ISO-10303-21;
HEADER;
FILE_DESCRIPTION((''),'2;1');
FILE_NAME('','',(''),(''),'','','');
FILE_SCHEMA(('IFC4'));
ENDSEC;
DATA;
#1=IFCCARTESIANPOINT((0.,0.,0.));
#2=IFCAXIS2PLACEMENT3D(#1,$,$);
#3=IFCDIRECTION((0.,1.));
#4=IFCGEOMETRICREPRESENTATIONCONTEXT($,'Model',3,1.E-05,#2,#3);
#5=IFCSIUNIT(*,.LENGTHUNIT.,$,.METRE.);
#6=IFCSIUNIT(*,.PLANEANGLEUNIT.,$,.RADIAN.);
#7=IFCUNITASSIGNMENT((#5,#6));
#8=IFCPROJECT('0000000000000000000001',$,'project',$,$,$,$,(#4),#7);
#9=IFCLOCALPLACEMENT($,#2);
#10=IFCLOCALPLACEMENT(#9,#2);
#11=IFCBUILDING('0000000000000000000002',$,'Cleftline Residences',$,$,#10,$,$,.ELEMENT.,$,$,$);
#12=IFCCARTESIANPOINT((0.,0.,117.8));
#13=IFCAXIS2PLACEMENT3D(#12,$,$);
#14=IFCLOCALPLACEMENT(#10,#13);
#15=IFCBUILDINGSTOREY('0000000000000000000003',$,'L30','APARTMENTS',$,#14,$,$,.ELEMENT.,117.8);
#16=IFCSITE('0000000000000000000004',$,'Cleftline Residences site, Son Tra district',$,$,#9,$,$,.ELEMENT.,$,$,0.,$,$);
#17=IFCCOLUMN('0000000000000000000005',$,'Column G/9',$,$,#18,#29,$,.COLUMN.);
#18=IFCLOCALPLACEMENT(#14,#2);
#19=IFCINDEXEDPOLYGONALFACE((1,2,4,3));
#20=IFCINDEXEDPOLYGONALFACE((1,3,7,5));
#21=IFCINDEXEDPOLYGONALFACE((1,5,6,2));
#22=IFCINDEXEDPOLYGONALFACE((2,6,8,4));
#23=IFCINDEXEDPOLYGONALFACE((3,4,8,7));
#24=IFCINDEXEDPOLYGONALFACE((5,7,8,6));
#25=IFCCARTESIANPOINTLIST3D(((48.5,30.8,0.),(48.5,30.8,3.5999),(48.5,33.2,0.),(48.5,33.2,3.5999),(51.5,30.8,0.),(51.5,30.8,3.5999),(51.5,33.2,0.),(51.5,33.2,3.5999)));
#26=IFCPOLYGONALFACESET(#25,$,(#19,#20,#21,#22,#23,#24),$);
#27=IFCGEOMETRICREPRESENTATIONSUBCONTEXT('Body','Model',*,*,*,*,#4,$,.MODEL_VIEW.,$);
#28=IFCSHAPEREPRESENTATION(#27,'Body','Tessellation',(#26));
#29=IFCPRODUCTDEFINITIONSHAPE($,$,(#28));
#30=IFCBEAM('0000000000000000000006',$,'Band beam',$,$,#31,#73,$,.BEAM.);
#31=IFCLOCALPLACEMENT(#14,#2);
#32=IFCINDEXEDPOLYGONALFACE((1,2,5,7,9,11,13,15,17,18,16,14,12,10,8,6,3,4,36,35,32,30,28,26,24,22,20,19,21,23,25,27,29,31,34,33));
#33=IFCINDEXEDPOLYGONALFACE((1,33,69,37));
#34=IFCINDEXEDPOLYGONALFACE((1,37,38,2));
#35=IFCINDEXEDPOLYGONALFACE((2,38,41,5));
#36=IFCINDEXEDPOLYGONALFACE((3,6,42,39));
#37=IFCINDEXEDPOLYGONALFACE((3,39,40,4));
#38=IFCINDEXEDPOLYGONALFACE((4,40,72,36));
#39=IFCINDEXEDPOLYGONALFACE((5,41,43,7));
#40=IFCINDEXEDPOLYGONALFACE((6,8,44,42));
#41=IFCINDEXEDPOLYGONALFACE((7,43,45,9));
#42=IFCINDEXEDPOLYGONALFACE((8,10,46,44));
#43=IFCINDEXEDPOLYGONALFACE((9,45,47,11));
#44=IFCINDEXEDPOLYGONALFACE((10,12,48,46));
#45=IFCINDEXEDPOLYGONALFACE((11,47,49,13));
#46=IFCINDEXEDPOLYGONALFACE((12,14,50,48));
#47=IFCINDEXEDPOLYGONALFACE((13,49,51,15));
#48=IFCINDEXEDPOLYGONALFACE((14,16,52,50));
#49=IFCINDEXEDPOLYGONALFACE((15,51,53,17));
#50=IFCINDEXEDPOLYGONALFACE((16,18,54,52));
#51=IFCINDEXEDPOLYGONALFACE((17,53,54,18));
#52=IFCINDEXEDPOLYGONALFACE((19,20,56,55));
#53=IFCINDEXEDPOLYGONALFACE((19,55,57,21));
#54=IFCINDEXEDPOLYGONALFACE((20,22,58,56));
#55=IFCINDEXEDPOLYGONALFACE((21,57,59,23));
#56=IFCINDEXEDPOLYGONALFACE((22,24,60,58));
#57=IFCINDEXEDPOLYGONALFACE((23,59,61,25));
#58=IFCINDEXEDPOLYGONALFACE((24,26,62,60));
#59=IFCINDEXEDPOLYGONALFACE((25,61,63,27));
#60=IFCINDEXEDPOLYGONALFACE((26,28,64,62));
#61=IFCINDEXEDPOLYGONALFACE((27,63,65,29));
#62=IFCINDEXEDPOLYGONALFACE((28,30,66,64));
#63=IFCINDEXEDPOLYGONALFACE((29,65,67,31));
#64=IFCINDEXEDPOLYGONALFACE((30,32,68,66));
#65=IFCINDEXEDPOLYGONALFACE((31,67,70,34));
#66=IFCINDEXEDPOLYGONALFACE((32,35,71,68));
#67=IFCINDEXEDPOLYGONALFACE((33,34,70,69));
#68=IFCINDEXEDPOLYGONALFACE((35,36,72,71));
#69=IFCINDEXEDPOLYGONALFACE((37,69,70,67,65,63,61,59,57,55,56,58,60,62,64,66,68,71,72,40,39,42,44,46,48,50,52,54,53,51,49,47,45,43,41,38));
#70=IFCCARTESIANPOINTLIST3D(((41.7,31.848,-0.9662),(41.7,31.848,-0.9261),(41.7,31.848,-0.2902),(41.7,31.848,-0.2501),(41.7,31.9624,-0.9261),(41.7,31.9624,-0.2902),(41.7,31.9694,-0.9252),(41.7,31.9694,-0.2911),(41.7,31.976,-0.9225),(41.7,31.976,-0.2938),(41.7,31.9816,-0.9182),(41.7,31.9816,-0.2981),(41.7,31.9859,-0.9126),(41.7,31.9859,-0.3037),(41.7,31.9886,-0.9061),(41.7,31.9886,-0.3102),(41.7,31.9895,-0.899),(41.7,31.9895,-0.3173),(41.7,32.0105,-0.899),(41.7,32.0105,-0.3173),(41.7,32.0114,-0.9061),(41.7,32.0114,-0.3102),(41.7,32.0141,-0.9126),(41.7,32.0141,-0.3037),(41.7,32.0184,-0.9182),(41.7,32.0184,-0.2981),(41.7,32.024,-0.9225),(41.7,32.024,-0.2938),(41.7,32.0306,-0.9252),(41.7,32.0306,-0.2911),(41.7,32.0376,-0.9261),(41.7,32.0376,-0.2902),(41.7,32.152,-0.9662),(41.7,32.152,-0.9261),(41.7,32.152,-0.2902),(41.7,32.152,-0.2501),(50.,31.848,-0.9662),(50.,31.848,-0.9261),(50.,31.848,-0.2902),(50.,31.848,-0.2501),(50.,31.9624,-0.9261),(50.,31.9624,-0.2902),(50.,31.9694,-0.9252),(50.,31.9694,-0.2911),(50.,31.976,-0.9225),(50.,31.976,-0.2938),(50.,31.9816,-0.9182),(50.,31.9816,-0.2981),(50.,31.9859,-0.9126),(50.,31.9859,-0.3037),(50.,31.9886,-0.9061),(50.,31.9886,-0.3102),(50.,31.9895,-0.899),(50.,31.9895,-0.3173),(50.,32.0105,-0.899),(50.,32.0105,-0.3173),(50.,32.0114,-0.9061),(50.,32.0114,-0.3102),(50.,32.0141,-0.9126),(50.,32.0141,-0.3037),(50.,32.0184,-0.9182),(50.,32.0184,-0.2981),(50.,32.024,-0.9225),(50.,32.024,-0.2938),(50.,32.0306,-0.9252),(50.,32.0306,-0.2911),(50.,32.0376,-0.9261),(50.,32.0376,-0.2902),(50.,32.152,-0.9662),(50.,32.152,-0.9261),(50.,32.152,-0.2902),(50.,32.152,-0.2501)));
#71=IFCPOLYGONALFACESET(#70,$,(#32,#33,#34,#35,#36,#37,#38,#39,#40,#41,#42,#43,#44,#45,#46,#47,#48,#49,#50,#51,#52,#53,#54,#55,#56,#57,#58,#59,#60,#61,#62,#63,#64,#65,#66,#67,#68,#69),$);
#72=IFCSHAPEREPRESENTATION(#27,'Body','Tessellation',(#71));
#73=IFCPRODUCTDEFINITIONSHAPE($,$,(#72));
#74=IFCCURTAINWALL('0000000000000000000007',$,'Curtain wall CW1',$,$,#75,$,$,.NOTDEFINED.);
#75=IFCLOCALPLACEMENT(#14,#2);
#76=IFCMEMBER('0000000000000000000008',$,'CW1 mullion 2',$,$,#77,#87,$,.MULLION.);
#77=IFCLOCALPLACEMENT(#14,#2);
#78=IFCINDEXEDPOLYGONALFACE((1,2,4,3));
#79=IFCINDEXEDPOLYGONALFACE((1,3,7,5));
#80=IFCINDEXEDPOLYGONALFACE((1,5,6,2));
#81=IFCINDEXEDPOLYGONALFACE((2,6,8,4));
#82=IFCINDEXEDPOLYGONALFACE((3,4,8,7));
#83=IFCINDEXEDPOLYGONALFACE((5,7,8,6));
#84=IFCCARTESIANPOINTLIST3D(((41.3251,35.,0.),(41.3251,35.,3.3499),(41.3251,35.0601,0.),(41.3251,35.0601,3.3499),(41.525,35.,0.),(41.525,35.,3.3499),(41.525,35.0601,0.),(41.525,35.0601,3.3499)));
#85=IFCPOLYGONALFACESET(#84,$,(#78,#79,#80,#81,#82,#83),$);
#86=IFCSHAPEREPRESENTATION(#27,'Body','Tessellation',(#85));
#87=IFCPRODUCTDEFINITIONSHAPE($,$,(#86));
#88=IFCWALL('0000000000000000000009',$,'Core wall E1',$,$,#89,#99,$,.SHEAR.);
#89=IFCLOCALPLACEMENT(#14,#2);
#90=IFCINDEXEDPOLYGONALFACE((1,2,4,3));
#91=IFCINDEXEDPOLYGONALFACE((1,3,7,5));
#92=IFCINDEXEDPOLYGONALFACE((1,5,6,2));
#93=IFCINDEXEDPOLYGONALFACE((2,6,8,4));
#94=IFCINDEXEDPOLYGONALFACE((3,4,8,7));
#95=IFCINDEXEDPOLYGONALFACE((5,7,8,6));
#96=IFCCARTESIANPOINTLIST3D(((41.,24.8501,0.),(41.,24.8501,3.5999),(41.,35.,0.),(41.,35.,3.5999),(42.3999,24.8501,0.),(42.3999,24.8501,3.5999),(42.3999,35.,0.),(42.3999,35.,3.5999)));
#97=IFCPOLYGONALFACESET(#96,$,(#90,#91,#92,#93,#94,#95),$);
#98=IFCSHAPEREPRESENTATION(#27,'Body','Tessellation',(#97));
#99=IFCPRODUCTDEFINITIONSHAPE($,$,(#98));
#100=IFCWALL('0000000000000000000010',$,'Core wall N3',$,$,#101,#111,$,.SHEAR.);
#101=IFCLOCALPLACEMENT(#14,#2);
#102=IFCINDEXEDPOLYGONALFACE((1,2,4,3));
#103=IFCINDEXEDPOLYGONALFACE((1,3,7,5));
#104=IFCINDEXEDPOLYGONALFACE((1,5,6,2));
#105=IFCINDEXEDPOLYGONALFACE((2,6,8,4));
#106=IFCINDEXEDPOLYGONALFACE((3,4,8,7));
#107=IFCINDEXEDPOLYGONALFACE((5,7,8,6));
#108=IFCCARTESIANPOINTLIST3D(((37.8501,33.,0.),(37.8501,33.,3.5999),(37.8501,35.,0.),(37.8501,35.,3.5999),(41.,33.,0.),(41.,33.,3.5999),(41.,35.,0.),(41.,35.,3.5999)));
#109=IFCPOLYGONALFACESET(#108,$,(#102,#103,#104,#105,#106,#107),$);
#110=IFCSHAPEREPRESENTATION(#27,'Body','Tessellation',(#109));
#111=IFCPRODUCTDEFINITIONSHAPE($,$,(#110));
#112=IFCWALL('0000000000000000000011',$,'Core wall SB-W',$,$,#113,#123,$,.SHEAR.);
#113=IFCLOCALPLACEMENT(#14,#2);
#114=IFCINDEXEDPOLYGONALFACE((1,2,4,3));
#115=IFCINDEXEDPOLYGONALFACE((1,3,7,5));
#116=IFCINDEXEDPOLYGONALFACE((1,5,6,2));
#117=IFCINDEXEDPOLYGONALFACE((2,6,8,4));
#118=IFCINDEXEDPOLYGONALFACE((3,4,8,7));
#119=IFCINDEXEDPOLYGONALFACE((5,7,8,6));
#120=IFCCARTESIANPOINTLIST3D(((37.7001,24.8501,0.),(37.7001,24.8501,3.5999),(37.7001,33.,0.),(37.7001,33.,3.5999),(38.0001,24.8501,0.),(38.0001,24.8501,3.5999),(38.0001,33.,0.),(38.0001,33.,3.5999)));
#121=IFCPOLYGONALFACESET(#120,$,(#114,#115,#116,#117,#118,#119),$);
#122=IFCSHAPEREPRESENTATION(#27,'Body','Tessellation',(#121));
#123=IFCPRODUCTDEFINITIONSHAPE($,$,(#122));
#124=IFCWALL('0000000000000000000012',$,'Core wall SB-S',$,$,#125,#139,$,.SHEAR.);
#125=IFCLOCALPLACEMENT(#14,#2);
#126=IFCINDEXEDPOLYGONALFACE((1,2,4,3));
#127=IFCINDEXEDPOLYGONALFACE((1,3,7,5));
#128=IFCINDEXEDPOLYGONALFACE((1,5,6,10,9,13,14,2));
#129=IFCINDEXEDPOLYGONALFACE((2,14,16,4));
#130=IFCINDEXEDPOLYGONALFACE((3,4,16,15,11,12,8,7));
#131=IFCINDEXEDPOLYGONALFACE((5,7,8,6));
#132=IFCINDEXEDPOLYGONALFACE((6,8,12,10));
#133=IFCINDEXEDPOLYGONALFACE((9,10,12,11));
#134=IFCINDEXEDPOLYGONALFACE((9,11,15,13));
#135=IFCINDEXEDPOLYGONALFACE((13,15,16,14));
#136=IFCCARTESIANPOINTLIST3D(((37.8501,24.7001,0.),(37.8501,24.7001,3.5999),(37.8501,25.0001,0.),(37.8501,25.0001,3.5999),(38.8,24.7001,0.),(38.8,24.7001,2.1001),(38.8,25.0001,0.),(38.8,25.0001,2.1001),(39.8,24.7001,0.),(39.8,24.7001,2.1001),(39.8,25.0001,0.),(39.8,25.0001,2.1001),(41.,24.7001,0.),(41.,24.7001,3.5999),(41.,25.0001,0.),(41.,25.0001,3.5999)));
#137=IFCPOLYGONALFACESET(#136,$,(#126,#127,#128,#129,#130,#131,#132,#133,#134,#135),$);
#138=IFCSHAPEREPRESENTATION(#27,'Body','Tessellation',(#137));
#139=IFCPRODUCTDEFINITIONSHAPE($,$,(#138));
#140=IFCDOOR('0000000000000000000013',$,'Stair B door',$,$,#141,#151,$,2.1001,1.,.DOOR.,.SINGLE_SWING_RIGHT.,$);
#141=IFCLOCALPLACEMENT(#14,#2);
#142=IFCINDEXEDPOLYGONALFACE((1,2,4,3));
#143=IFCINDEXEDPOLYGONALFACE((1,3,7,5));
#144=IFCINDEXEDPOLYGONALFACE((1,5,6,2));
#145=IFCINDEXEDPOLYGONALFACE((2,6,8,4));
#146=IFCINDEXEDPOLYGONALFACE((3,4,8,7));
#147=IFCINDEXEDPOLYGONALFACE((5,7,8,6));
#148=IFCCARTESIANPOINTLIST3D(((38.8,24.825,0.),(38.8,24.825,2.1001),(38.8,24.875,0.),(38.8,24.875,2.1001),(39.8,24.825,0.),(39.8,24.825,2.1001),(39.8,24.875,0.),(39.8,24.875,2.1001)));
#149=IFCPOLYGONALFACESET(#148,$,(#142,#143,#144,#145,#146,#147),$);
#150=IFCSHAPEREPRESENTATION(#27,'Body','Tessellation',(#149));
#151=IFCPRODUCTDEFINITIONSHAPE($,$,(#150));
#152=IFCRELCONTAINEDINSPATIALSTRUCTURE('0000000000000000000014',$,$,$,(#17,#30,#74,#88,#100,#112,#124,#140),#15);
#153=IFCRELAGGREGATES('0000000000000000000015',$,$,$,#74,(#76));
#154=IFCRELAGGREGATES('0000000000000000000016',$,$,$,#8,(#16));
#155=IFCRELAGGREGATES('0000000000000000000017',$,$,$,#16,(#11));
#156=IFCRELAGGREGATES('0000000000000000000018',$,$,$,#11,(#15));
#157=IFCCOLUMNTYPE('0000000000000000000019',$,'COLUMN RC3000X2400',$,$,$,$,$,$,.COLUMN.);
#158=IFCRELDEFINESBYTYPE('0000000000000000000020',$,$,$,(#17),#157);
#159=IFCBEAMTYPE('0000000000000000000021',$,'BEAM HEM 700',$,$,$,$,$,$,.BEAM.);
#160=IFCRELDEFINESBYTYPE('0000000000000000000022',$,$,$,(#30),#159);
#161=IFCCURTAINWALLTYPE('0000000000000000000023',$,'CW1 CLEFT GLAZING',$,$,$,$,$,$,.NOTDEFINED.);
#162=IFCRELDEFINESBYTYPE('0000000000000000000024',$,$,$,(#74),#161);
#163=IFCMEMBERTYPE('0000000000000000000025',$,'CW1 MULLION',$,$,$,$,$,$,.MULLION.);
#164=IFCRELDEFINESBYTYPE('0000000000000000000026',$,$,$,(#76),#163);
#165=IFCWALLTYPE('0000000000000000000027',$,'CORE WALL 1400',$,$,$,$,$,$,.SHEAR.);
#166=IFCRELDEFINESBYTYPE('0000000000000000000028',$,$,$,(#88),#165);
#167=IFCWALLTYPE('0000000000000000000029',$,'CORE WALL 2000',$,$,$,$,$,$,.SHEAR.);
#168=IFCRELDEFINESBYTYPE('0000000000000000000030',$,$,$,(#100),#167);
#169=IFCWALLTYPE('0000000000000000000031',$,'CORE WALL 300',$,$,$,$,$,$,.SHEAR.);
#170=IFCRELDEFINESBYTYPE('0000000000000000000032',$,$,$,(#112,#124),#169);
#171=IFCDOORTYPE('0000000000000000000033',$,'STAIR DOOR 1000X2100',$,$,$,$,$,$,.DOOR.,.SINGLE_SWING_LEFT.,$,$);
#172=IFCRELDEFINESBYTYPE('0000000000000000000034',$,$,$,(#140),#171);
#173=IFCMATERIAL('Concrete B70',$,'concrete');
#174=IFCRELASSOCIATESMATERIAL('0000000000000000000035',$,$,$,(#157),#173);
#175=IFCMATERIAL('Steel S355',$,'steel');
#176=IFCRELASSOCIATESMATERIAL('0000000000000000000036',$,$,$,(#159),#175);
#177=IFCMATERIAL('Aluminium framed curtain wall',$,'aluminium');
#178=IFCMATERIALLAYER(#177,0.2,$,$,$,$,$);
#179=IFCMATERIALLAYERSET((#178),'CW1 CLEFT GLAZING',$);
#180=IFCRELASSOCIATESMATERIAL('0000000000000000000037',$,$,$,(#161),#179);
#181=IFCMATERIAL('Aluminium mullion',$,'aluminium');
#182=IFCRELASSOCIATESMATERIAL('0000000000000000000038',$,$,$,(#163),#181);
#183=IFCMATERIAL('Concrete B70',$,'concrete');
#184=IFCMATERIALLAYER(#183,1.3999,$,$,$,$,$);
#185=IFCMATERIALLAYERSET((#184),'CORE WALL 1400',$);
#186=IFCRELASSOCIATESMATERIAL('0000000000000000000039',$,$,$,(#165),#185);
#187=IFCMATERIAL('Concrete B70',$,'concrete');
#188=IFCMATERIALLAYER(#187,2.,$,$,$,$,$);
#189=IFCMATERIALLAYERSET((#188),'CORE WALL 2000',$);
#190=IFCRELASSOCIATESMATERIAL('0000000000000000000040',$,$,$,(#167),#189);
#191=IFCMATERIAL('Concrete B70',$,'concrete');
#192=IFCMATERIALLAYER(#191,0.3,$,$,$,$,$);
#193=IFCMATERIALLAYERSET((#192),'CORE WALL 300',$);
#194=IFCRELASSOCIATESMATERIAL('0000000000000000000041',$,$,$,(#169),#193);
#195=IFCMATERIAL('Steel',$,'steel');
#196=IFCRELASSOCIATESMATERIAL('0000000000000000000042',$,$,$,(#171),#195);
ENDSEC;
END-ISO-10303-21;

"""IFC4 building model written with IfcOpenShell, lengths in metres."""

from ifc_helpers import new_model, si_unit, direction, frame, frame_2d, origin, origin_2d, place, context, subcontext, project, spatial, rectangle, i_section, extrude, material, layer, layer_set, material_profile, profile_set, type_object, element, fill, aggregate, save


model = new_model("IFC4")

# Units and contexts
model_context = context("Model", 3, precision=1e-05, world=origin(), true_north=direction((0.0, 1.0)))
body_context = subcontext(model_context, "Body", "Model", "MODEL_VIEW")
ifc_project = project(units=[si_unit("LENGTHUNIT", "METRE"), si_unit("PLANEANGLEUNIT", "RADIAN")], contexts=[model_context])

# Site, building, storey
site_placement = place(None, origin())
site = spatial("IfcSite", under=ifc_project, at=site_placement, Name="Cleftline Residences site, Son Tra district", CompositionType="ELEMENT", RefElevation=0.0)
building_placement = place(site_placement, origin())
building = spatial("IfcBuilding", under=site, at=building_placement, Name="Cleftline Residences", CompositionType="ELEMENT")
storey_placement = place(building_placement, frame((0.0, 0.0, 117.8)))
storey = spatial("IfcBuildingStorey", under=building, at=storey_placement, Name="L30", Description="APARTMENTS", CompositionType="ELEMENT", Elevation=117.8)

# Column
ifc_material_1 = material(Name="Concrete B70", Category="concrete")
ifc_material_profile_1 = material_profile(ifc_material_1, rectangle(XDim=3.0, YDim=2.3999, at=origin_2d()))
ifc_profile_set_1 = profile_set([ifc_material_profile_1], Name="Concrete B70")
column_type = type_object("IfcColumnType", Name="COLUMN RC3000X2400", PredefinedType="COLUMN", material=ifc_profile_set_1)
column_placement = place(storey_placement, frame((50.0, 32.0, 0.0), z_axis=(0.0, 0.0, 1.0), x_axis=(1.0, 0.0, 0.0)))
element("IfcColumn", 1, at=column_placement, inside=storey, type_object=column_type, Name="Column G/9", PredefinedType="COLUMN", context=body_context, shape_type="SweptSolid", body=[
    extrude(rectangle(XDim=3.0, YDim=2.3999, at=origin_2d()), origin(), (0.0, 0.0, 1.0), 3.5999),
])

# Beam
ifc_material_2 = material(Name="Steel S355", Category="steel")
ifc_material_profile_2 = material_profile(ifc_material_2, i_section(OverallWidth=0.304, OverallDepth=0.7161, WebThickness=0.021, FlangeThickness=0.04, FilletRadius=0.0271, at=origin_2d()))
ifc_profile_set_2 = profile_set([ifc_material_profile_2], Name="Steel S355")
beam_type = type_object("IfcBeamType", Name="BEAM HEM 700", PredefinedType="BEAM", material=ifc_profile_set_2)
beam_placement = place(storey_placement, frame((50.0, 32.0, -0.6082), z_axis=(-1.0, 0.0, 0.0), x_axis=(0.0, -1.0, 0.0)))
element("IfcBeam", 2, at=beam_placement, inside=storey, type_object=beam_type, Name="Band beam", PredefinedType="BEAM", context=body_context, shape_type="SweptSolid", body=[
    extrude(i_section(OverallWidth=0.304, OverallDepth=0.7161, WebThickness=0.021, FlangeThickness=0.04, FilletRadius=0.0271, at=origin_2d()), origin(), (0.0, 0.0, 1.0), 8.3),
])

# Curtain wall, member
ifc_material_3 = material(Name="Aluminium framed curtain wall", Category="aluminium")
ifc_layer_1 = layer(ifc_material_3, 0.2)
ifc_layer_set_1 = layer_set([ifc_layer_1], Name="CW1 CLEFT GLAZING")
curtain_wall_type = type_object("IfcCurtainWallType", Name="CW1 CLEFT GLAZING", PredefinedType="NOTDEFINED", material=ifc_layer_set_1)
curtain_wall_placement = place(storey_placement, origin())
curtain_wall = element("IfcCurtainWall", 3, at=curtain_wall_placement, inside=storey, type_object=curtain_wall_type, Name="Curtain wall CW1", PredefinedType="NOTDEFINED")
ifc_material_4 = material(Name="Aluminium mullion", Category="aluminium")
ifc_material_profile_3 = material_profile(ifc_material_4, rectangle(XDim=0.2, YDim=0.0601, at=origin_2d()))
ifc_profile_set_3 = profile_set([ifc_material_profile_3], Name="Aluminium mullion")
member_type = type_object("IfcMemberType", Name="CW1 MULLION", PredefinedType="MULLION", material=ifc_profile_set_3)
member_placement = place(storey_placement, frame((41.425, 35.03, 0.0), z_axis=(0.0, 0.0, 1.0), x_axis=(1.0, 0.0, 0.0)))
member = element("IfcMember", 4, at=member_placement, type_object=member_type, Name="CW1 mullion 2", PredefinedType="MULLION", context=body_context, shape_type="SweptSolid", body=[
    extrude(rectangle(XDim=0.2, YDim=0.0601, at=origin_2d()), origin(), (0.0, 0.0, 1.0), 3.3499),
])
aggregate(curtain_wall, [member])

# Walls
ifc_material_5 = material(Name="Concrete B70", Category="concrete")
ifc_layer_2 = layer(ifc_material_5, 1.3999)
ifc_layer_set_2 = layer_set([ifc_layer_2], Name="CORE WALL 1400")
wall_type_1 = type_object("IfcWallType", Name="CORE WALL 1400", PredefinedType="SHEAR", material=ifc_layer_set_2)
wall_1_placement = place(storey_placement, frame((41.7, 24.8501, 0.0), z_axis=(0.0, 0.0, 1.0), x_axis=(0.0, 1.0, 0.0)))
element("IfcWall", 5, at=wall_1_placement, inside=storey, type_object=wall_type_1, Name="Core wall E1", PredefinedType="SHEAR", context=body_context, shape_type="SweptSolid", body=[
    extrude(rectangle(XDim=10.1499, YDim=1.3999, at=frame_2d((5.075, 0.0))), origin(), (0.0, 0.0, 1.0), 3.5999),
])
ifc_material_6 = material(Name="Concrete B70", Category="concrete")
ifc_layer_3 = layer(ifc_material_6, 2.0)
ifc_layer_set_3 = layer_set([ifc_layer_3], Name="CORE WALL 2000")
wall_type_2 = type_object("IfcWallType", Name="CORE WALL 2000", PredefinedType="SHEAR", material=ifc_layer_set_3)
wall_2_placement = place(storey_placement, frame((37.8501, 34.0, 0.0), z_axis=(0.0, 0.0, 1.0), x_axis=(1.0, 0.0, 0.0)))
element("IfcWall", 6, at=wall_2_placement, inside=storey, type_object=wall_type_2, Name="Core wall N3", PredefinedType="SHEAR", context=body_context, shape_type="SweptSolid", body=[
    extrude(rectangle(XDim=3.1499, YDim=2.0, at=frame_2d((1.575, 0.0))), origin(), (0.0, 0.0, 1.0), 3.5999),
])
ifc_material_7 = material(Name="Concrete B70", Category="concrete")
ifc_layer_4 = layer(ifc_material_7, 0.3)
ifc_layer_set_4 = layer_set([ifc_layer_4], Name="CORE WALL 300")
wall_type_3 = type_object("IfcWallType", Name="CORE WALL 300", PredefinedType="SHEAR", material=ifc_layer_set_4)
wall_3_placement = place(storey_placement, frame((37.8501, 24.8501, 0.0), z_axis=(0.0, 0.0, 1.0), x_axis=(0.0, 1.0, 0.0)))
element("IfcWall", 7, at=wall_3_placement, inside=storey, type_object=wall_type_3, Name="Core wall SB-W", PredefinedType="SHEAR", context=body_context, shape_type="SweptSolid", body=[
    extrude(rectangle(XDim=8.1499, YDim=0.3, at=frame_2d((4.075, 0.0))), origin(), (0.0, 0.0, 1.0), 3.5999),
])

# Wall, opening, door
wall_4_placement = place(storey_placement, frame((37.8501, 24.8501, 0.0), z_axis=(0.0, 0.0, 1.0), x_axis=(1.0, 0.0, 0.0)))
wall_4 = element("IfcWall", 8, at=wall_4_placement, inside=storey, type_object=wall_type_3, Name="Core wall SB-S", PredefinedType="SHEAR", context=body_context, shape_type="SweptSolid", body=[
    extrude(rectangle(XDim=3.1499, YDim=0.3, at=frame_2d((1.575, 0.0))), origin(), (0.0, 0.0, 1.0), 3.5999),
])
opening_1_placement = place(wall_4_placement, frame((0.95, 0.0, 0.0)))
opening_1 = element("IfcOpeningElement", 9, at=opening_1_placement, cuts=wall_4, PredefinedType="OPENING", context=body_context, shape_type="SweptSolid", body=[
    extrude(rectangle(XDim=1.0, YDim=2.1001, at=frame_2d((0.5, 1.05))), frame((0.0, 0.1599, 0.0), z_axis=(0.0, -1.0, 0.0), x_axis=(1.0, 0.0, 0.0)), (0.0, 0.0, 1.0), 0.3201),
])
ifc_material_8 = material(Name="Steel", Category="steel")
door_type_1 = type_object("IfcDoorType", Name="STAIR DOOR 1000X2100", OperationType="SINGLE_SWING_LEFT", PredefinedType="DOOR", material=ifc_material_8)
door_1_placement = place(opening_1_placement, origin())
door_1 = element("IfcDoor", 10, at=door_1_placement, inside=storey, type_object=door_type_1, Name="Stair B door", OperationType="SINGLE_SWING_RIGHT", OverallHeight=2.1001, OverallWidth=1.0, PredefinedType="DOOR", context=body_context, shape_type="SweptSolid", body=[
    extrude(rectangle(XDim=1.0, YDim=2.1001, at=frame_2d((0.5, 1.05))), frame((0.0, 0.0249, 0.0), z_axis=(0.0, -1.0, 0.0), x_axis=(1.0, 0.0, 0.0)), (0.0, 0.0, 1.0), 0.05),
])
fill(opening_1, door_1)

save(model, "model.ifc")
